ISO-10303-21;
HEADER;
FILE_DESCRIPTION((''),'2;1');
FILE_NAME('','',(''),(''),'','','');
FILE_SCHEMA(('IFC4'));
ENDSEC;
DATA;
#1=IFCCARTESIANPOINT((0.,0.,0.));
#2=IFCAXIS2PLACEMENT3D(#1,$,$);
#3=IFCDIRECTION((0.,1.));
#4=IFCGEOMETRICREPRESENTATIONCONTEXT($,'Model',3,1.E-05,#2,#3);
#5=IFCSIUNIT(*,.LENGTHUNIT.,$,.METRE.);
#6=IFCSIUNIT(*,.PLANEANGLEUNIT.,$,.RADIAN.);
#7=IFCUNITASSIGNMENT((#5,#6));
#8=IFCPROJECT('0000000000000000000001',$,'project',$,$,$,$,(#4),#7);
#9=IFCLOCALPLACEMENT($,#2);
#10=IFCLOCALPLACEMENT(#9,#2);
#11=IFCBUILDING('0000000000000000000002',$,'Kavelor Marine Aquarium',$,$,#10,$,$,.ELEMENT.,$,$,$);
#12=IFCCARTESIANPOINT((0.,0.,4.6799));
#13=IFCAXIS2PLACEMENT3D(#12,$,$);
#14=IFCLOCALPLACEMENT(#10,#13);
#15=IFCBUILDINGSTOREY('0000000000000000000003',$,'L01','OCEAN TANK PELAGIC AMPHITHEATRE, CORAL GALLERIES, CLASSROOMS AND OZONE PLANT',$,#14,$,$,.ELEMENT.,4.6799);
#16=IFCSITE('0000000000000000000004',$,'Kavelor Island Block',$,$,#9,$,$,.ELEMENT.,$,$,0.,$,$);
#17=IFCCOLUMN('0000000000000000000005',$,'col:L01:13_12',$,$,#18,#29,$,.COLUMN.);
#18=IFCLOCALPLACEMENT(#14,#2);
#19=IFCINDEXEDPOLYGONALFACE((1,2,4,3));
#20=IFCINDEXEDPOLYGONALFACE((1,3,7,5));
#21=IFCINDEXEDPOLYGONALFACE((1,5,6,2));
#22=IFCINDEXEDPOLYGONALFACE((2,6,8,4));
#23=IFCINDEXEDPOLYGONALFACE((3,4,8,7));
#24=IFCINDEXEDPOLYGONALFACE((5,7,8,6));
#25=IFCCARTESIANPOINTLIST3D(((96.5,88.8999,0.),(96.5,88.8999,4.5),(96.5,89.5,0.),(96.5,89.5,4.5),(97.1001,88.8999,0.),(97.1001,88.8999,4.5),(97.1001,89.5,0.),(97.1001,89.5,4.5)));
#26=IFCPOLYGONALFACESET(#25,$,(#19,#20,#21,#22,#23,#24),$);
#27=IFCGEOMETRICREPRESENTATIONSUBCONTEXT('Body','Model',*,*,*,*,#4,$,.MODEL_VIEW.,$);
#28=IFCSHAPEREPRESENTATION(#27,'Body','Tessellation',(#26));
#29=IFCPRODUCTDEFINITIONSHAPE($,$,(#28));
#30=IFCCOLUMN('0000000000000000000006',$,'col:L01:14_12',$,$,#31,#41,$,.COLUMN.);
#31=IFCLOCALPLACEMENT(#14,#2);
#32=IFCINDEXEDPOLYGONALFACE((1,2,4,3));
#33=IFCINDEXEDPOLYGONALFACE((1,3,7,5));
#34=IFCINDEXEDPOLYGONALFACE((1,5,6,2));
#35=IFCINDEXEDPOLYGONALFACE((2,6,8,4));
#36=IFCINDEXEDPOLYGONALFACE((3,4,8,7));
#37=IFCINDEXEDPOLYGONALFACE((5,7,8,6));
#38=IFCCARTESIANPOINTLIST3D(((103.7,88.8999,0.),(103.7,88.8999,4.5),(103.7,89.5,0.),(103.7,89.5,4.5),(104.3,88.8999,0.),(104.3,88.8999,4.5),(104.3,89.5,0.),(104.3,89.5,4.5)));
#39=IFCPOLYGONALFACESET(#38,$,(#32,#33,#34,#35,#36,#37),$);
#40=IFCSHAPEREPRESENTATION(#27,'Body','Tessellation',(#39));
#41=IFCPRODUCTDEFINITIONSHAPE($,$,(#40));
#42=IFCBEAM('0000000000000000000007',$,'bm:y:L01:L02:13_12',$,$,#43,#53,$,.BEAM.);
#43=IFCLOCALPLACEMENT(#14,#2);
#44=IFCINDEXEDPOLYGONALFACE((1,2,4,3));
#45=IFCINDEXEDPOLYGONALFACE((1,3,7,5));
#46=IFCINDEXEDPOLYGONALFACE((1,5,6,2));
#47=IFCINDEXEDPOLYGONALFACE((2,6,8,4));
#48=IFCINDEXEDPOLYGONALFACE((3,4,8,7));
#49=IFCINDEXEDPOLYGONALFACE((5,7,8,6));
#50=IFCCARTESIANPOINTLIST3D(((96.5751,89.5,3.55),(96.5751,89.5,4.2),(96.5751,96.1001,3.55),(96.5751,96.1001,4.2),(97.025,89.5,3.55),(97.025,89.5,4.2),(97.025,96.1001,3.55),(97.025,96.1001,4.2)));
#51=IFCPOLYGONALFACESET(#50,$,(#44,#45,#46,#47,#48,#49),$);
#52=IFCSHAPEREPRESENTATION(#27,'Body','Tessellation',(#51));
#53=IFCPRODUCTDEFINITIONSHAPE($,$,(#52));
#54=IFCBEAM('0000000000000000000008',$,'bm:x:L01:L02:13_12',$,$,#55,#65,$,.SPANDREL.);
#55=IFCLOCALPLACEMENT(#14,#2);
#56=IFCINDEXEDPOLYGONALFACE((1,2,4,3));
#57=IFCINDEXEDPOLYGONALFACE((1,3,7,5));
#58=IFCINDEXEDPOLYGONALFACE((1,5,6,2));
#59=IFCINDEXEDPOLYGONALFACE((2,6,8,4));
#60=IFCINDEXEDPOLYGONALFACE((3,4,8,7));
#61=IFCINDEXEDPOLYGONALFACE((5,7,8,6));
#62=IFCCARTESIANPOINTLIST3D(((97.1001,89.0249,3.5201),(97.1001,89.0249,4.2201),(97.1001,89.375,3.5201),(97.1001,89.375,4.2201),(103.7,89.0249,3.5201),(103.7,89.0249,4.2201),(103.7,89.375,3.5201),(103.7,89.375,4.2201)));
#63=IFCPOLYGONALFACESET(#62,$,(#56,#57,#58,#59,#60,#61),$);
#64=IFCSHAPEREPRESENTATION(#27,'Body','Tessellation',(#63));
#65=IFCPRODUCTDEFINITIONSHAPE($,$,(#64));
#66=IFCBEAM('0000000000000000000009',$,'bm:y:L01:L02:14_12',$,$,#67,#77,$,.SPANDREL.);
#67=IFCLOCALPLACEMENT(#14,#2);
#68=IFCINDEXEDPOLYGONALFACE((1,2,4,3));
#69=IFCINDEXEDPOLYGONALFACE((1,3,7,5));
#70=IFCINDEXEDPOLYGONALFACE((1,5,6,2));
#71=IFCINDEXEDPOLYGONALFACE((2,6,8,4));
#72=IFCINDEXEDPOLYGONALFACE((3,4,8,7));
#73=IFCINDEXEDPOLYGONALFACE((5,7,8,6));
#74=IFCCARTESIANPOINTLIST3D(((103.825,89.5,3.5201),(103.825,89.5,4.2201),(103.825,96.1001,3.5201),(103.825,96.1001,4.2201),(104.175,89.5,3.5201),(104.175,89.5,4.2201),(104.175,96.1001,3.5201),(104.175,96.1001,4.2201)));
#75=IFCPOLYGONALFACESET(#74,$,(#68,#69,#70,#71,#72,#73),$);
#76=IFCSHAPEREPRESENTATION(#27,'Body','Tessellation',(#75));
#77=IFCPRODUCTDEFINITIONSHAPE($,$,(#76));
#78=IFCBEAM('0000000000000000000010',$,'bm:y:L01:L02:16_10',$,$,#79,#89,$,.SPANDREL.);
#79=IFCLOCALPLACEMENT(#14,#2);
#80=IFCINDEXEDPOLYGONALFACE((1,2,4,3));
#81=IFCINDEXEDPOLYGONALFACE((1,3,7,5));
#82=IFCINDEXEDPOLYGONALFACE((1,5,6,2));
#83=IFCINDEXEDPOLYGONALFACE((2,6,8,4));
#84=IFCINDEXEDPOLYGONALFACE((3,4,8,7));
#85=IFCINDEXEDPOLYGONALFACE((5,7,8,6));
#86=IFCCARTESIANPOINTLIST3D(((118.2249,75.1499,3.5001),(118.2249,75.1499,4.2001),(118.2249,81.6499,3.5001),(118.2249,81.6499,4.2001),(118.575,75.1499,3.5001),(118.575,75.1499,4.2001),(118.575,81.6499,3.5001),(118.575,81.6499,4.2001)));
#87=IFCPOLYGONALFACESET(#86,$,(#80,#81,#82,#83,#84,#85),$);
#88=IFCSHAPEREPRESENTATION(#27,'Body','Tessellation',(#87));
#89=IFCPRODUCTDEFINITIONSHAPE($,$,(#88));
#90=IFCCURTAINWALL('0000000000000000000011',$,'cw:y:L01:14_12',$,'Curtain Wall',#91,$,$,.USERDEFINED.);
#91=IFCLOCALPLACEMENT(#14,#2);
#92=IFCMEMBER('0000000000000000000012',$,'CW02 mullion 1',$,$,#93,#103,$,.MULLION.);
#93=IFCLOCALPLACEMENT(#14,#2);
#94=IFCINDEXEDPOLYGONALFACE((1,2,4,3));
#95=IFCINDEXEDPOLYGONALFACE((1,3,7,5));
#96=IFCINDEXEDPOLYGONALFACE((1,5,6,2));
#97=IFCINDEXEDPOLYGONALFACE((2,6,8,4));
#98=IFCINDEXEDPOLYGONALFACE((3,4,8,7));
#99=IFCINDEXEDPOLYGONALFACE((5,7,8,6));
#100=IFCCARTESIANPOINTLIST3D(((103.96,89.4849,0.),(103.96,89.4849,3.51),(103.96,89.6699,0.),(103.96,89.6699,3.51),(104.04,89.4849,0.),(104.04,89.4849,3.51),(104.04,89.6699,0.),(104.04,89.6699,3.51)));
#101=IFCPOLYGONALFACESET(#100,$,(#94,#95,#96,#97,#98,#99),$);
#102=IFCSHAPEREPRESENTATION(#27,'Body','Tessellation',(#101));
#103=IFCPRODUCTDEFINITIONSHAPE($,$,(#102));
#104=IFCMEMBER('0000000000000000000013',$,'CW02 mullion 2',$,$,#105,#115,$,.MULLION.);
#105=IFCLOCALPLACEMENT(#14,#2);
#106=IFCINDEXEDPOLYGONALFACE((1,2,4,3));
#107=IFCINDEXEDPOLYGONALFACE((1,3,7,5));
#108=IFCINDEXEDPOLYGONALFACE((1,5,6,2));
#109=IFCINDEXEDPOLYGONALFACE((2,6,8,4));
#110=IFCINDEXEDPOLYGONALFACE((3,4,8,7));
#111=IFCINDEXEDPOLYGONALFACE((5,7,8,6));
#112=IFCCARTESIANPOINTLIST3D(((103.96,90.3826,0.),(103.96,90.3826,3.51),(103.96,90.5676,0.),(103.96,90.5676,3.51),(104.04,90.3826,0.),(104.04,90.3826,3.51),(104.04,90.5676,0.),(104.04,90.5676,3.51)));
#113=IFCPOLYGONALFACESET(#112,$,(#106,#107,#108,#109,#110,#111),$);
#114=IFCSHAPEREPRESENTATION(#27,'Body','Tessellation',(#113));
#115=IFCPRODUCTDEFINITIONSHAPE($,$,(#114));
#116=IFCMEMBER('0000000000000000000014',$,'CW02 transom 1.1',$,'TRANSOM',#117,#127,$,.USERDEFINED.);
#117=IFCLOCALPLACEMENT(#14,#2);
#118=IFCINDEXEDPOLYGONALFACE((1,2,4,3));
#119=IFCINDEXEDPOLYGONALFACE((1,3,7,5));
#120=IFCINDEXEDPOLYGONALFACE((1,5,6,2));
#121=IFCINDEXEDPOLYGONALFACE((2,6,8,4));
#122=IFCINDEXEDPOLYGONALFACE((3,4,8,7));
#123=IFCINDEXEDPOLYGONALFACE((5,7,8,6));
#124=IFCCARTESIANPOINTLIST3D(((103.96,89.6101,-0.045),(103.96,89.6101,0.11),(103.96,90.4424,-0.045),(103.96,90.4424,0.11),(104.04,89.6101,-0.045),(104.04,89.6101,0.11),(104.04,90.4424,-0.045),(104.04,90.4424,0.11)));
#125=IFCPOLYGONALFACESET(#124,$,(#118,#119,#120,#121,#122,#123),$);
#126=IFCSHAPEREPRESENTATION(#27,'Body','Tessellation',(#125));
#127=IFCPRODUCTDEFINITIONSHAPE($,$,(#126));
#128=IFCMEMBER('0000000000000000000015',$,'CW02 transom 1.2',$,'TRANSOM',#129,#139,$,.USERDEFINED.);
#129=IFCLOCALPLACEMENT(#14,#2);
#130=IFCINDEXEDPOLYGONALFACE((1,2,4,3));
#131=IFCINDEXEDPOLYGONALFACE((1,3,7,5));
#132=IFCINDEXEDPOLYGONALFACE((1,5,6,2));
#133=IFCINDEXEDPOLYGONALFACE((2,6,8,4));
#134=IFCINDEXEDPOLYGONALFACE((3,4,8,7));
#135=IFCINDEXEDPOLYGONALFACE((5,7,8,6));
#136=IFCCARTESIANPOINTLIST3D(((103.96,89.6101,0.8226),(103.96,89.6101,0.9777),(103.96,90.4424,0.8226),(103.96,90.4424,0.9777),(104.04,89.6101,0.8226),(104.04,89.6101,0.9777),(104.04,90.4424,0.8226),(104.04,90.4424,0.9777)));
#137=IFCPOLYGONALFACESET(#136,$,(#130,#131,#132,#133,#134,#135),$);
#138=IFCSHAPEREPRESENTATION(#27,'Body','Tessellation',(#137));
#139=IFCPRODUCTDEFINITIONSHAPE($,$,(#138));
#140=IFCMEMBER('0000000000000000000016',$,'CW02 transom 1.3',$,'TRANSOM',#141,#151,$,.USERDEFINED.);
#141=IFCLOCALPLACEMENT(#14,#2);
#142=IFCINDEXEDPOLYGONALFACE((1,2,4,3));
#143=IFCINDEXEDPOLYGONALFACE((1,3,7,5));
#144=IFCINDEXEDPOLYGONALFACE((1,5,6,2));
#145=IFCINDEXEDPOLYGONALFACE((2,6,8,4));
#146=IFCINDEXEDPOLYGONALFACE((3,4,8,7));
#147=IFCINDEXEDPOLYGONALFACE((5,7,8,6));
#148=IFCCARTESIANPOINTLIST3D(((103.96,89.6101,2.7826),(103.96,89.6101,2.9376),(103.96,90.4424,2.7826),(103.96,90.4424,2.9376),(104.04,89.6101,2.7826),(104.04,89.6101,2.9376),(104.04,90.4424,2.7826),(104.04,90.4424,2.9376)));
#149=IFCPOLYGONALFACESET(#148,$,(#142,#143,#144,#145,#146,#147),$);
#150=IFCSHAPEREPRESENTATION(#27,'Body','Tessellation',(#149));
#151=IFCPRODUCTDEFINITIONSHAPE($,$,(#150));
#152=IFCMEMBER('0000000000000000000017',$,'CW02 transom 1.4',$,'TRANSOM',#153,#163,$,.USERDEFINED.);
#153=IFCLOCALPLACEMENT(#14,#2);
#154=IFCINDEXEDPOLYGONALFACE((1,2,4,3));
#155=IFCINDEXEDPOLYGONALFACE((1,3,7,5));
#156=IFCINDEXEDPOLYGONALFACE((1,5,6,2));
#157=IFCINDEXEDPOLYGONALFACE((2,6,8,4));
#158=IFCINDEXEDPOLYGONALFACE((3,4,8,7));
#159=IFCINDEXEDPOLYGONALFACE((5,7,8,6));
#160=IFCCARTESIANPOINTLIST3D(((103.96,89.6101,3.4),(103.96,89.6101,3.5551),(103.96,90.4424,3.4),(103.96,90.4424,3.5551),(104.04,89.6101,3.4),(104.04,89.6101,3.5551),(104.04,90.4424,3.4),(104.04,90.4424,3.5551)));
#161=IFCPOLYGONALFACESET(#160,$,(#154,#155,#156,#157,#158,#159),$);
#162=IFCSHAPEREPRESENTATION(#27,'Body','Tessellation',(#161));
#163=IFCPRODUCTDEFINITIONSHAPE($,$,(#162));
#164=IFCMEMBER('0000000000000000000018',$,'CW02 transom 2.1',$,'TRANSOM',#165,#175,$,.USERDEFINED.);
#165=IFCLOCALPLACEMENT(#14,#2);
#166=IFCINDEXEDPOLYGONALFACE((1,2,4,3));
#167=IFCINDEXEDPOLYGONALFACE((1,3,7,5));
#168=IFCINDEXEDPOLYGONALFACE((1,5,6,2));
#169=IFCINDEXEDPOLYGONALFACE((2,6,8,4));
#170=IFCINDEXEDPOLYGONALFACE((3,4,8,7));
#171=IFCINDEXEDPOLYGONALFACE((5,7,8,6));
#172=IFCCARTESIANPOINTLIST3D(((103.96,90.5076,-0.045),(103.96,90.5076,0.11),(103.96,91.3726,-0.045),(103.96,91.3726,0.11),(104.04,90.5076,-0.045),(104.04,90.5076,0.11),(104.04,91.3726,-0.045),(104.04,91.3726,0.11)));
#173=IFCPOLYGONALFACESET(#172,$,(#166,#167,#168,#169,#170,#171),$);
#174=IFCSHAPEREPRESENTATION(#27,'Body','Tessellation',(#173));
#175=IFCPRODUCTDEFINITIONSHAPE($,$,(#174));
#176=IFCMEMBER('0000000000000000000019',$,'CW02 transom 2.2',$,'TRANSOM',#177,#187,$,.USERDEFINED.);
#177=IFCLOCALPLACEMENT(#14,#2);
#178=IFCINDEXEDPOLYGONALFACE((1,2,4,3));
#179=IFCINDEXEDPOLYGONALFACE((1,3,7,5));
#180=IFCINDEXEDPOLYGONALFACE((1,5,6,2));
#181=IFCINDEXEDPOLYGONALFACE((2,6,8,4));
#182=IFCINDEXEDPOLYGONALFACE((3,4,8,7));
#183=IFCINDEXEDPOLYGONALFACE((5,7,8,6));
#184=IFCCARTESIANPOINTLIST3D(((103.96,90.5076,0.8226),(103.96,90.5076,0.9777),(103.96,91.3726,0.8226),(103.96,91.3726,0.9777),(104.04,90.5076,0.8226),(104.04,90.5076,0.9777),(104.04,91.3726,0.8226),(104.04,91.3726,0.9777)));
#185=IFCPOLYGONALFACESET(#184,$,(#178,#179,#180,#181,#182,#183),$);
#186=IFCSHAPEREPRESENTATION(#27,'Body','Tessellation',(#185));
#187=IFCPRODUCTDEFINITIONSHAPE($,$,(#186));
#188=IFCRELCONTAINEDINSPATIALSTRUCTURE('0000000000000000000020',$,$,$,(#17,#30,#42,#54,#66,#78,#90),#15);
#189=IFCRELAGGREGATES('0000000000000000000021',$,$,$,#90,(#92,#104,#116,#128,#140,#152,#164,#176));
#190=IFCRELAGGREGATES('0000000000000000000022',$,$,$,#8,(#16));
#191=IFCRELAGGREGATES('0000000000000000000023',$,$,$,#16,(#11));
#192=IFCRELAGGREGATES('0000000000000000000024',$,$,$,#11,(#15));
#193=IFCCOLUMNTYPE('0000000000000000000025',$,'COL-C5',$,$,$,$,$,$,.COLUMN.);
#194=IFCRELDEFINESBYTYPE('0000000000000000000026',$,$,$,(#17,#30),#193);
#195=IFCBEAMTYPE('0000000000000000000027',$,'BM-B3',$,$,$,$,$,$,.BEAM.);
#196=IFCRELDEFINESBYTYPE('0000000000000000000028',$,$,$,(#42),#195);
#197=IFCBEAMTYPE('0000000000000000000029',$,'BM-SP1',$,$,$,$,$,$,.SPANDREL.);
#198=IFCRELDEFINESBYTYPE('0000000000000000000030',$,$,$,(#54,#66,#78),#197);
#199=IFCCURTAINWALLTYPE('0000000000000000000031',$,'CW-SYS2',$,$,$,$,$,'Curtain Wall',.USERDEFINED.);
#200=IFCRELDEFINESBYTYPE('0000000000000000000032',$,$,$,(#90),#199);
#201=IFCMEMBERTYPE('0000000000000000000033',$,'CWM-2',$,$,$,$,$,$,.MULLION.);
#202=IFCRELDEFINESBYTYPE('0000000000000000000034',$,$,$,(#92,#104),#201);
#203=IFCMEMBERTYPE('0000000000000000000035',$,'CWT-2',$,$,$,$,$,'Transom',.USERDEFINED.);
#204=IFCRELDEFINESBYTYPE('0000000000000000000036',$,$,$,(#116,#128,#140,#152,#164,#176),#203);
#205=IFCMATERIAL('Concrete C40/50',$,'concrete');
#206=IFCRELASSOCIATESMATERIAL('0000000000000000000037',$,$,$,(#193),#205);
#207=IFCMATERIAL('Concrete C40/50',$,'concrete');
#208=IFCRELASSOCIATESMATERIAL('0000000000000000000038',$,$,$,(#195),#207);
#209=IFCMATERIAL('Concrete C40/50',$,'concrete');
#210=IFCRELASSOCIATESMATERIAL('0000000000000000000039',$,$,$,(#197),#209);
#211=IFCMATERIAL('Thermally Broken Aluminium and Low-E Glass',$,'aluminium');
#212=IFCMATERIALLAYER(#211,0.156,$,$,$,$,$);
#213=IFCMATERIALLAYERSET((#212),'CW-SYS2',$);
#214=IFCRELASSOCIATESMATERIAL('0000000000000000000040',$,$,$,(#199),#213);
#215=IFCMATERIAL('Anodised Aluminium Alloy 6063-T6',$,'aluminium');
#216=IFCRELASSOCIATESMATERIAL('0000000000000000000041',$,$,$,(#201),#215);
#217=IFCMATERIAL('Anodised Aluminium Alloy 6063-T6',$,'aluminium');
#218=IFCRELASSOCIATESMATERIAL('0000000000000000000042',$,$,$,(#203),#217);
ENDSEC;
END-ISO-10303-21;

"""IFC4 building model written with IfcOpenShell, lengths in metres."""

from ifc_helpers import new_model, si_unit, direction, frame, origin, origin_2d, place, context, subcontext, project, spatial, rectangle, extrude, material, layer, layer_set, material_profile, profile_set, type_object, element, aggregate, save


model = new_model("IFC4")

# Units and contexts
model_context = context("Model", 3, precision=1e-05, world=origin(), true_north=direction((0.0, 1.0)))
body_context = subcontext(model_context, "Body", "Model", "MODEL_VIEW")
ifc_project = project(units=[si_unit("LENGTHUNIT", "METRE"), si_unit("PLANEANGLEUNIT", "RADIAN")], contexts=[model_context])

# Site, building, storey
site_placement = place(None, origin())
site = spatial("IfcSite", under=ifc_project, at=site_placement, Name="Kavelor Island Block", CompositionType="ELEMENT", RefElevation=0.0)
building_placement = place(site_placement, origin())
building = spatial("IfcBuilding", under=site, at=building_placement, Name="Kavelor Marine Aquarium", CompositionType="ELEMENT")
storey_placement = place(building_placement, frame((0.0, 0.0, 4.6799)))
storey = spatial("IfcBuildingStorey", under=building, at=storey_placement, Name="L01", Description="OCEAN TANK PELAGIC AMPHITHEATRE, CORAL GALLERIES, CLASSROOMS AND OZONE PLANT", CompositionType="ELEMENT", Elevation=4.6799)

# Columns
ifc_material_1 = material(Name="Concrete C40/50", Category="concrete")
ifc_material_profile_1 = material_profile(ifc_material_1, rectangle(XDim=0.6001, YDim=0.6001, at=origin_2d()), Name="RC-COL 600x600")
ifc_profile_set_1 = profile_set([ifc_material_profile_1], Name="Concrete C40/50")
column_type = type_object("IfcColumnType", Name="COL-C5", PredefinedType="COLUMN", material=ifc_profile_set_1)
for number, where, z_axis, x_axis, name in (
    (1, (96.8, 89.2, 0.0), (0.0, 0.0, 1.0), (1.0, 0.0, 0.0), "col:L01:13_12"),
    (2, (104.0, 89.2, 0.0), (0.0, 0.0, 1.0), (1.0, 0.0, 0.0), "col:L01:14_12"),
):
    element("IfcColumn", number, at=place(storey_placement, frame(where, z_axis=z_axis, x_axis=x_axis)), inside=storey, type_object=column_type, Name=name, PredefinedType="COLUMN", context=body_context, shape_type="SweptSolid", body=[
        extrude(rectangle(XDim=0.6001, YDim=0.6001, at=origin_2d()), origin(), (0.0, 0.0, 1.0), 4.5),
    ])

# Beams
ifc_material_2 = material(Name="Concrete C40/50", Category="concrete")
ifc_material_profile_2 = material_profile(ifc_material_2, rectangle(XDim=0.45, YDim=0.6499, at=origin_2d()), Name="RC-BM 450x650")
ifc_profile_set_2 = profile_set([ifc_material_profile_2], Name="Concrete C40/50")
beam_type_1 = type_object("IfcBeamType", Name="BM-B3", PredefinedType="BEAM", material=ifc_profile_set_2)
beam_1_placement = place(storey_placement, frame((96.8, 89.5, 3.875), z_axis=(0.0, 1.0, 0.0), x_axis=(-1.0, 0.0, 0.0)))
element("IfcBeam", 3, at=beam_1_placement, inside=storey, type_object=beam_type_1, Name="bm:y:L01:L02:13_12", PredefinedType="BEAM", context=body_context, shape_type="SweptSolid", body=[
    extrude(rectangle(XDim=0.45, YDim=0.6499, at=origin_2d()), origin(), (0.0, 0.0, 1.0), 6.6001),
])
ifc_material_3 = material(Name="Concrete C40/50", Category="concrete")
ifc_material_profile_3 = material_profile(ifc_material_3, rectangle(XDim=0.3501, YDim=0.7, at=origin_2d()), Name="RC-SP 350x700")
ifc_profile_set_3 = profile_set([ifc_material_profile_3], Name="Concrete C40/50")
beam_type_2 = type_object("IfcBeamType", Name="BM-SP1", PredefinedType="SPANDREL", material=ifc_profile_set_3)
beam_2_placement = place(storey_placement, frame((97.1001, 89.2, 3.8701), z_axis=(1.0, 0.0, 0.0), x_axis=(0.0, 1.0, 0.0)))
element("IfcBeam", 4, at=beam_2_placement, inside=storey, type_object=beam_type_2, Name="bm:x:L01:L02:13_12", PredefinedType="SPANDREL", context=body_context, shape_type="SweptSolid", body=[
    extrude(rectangle(XDim=0.3501, YDim=0.7, at=origin_2d()), origin(), (0.0, 0.0, 1.0), 6.5999),
])
beam_3_placement = place(storey_placement, frame((104.0, 89.5, 3.8701), z_axis=(0.0, 1.0, 0.0), x_axis=(-1.0, 0.0, 0.0)))
element("IfcBeam", 5, at=beam_3_placement, inside=storey, type_object=beam_type_2, Name="bm:y:L01:L02:14_12", PredefinedType="SPANDREL", context=body_context, shape_type="SweptSolid", body=[
    extrude(rectangle(XDim=0.3501, YDim=0.7, at=origin_2d()), origin(), (0.0, 0.0, 1.0), 6.6001),
])
beam_4_placement = place(storey_placement, frame((118.3999, 75.1499, 3.8501), z_axis=(0.0, 1.0, 0.0), x_axis=(-1.0, 0.0, 0.0)))
element("IfcBeam", 6, at=beam_4_placement, inside=storey, type_object=beam_type_2, Name="bm:y:L01:L02:16_10", PredefinedType="SPANDREL", context=body_context, shape_type="SweptSolid", body=[
    extrude(rectangle(XDim=0.3501, YDim=0.7, at=origin_2d()), origin(), (0.0, 0.0, 1.0), 6.5),
])

# Curtain wall, members
ifc_material_4 = material(Name="Thermally Broken Aluminium and Low-E Glass", Category="aluminium")
ifc_layer_1 = layer(ifc_material_4, 0.156)
ifc_layer_set_1 = layer_set([ifc_layer_1], Name="CW-SYS2")
curtain_wall_type = type_object("IfcCurtainWallType", Name="CW-SYS2", ElementType="Curtain Wall", PredefinedType="USERDEFINED", material=ifc_layer_set_1)
curtain_wall_placement = place(storey_placement, origin())
curtain_wall = element("IfcCurtainWall", 7, at=curtain_wall_placement, inside=storey, type_object=curtain_wall_type, Name="cw:y:L01:14_12", ObjectType="Curtain Wall", PredefinedType="USERDEFINED")
ifc_material_5 = material(Name="Anodised Aluminium Alloy 6063-T6", Category="aluminium")
ifc_material_profile_4 = material_profile(ifc_material_5, rectangle(XDim=0.0801, YDim=0.1851, at=origin_2d()), Name="CW-MUL 80x185")
ifc_profile_set_4 = profile_set([ifc_material_profile_4], Name="Anodised Aluminium Alloy 6063-T6")
member_type_1 = type_object("IfcMemberType", Name="CWM-2", PredefinedType="MULLION", material=ifc_profile_set_4)
member_1_placement = place(storey_placement, frame((104.0, 89.5774, 0.0), z_axis=(0.0, 0.0, 1.0), x_axis=(-1.0, 0.0, 0.0)))
member_1 = element("IfcMember", 8, at=member_1_placement, type_object=member_type_1, Name="CW02 mullion 1", PredefinedType="MULLION", context=body_context, shape_type="SweptSolid", body=[
    extrude(rectangle(XDim=0.0801, YDim=0.1851, at=origin_2d()), origin(), (0.0, 0.0, 1.0), 3.51),
])
member_2_placement = place(storey_placement, frame((104.0, 90.4751, 0.0), z_axis=(0.0, 0.0, 1.0), x_axis=(-1.0, 0.0, 0.0)))
member_2 = element("IfcMember", 9, at=member_2_placement, type_object=member_type_1, Name="CW02 mullion 2", PredefinedType="MULLION", context=body_context, shape_type="SweptSolid", body=[
    extrude(rectangle(XDim=0.0801, YDim=0.1851, at=origin_2d()), origin(), (0.0, 0.0, 1.0), 3.51),
])
ifc_material_6 = material(Name="Anodised Aluminium Alloy 6063-T6", Category="aluminium")
ifc_material_profile_5 = material_profile(ifc_material_6, rectangle(XDim=0.0801, YDim=0.155, at=origin_2d()), Name="CW-TRN 80x155")
ifc_profile_set_5 = profile_set([ifc_material_profile_5], Name="Anodised Aluminium Alloy 6063-T6")
member_type_2 = type_object("IfcMemberType", Name="CWT-2", ElementType="Transom", PredefinedType="USERDEFINED", material=ifc_profile_set_5)
member_3_placement = place(storey_placement, frame((104.0, 89.6101, 0.0325), z_axis=(0.0, 1.0, 0.0), x_axis=(-1.0, 0.0, 0.0)))
member_3 = element("IfcMember", 10, at=member_3_placement, type_object=member_type_2, Name="CW02 transom 1.1", ObjectType="TRANSOM", PredefinedType="USERDEFINED", context=body_context, shape_type="SweptSolid", body=[
    extrude(rectangle(XDim=0.0801, YDim=0.155, at=origin_2d()), origin(), (0.0, 0.0, 1.0), 0.8323),
])
member_4_placement = place(storey_placement, frame((104.0, 89.6101, 0.9001), z_axis=(0.0, 1.0, 0.0), x_axis=(-1.0, 0.0, 0.0)))
member_4 = element("IfcMember", 11, at=member_4_placement, type_object=member_type_2, Name="CW02 transom 1.2", ObjectType="TRANSOM", PredefinedType="USERDEFINED", context=body_context, shape_type="SweptSolid", body=[
    extrude(rectangle(XDim=0.0801, YDim=0.155, at=origin_2d()), origin(), (0.0, 0.0, 1.0), 0.8323),
])
member_5_placement = place(storey_placement, frame((104.0, 89.6101, 2.8601), z_axis=(0.0, 1.0, 0.0), x_axis=(-1.0, 0.0, 0.0)))
member_5 = element("IfcMember", 12, at=member_5_placement, type_object=member_type_2, Name="CW02 transom 1.3", ObjectType="TRANSOM", PredefinedType="USERDEFINED", context=body_context, shape_type="SweptSolid", body=[
    extrude(rectangle(XDim=0.0801, YDim=0.155, at=origin_2d()), origin(), (0.0, 0.0, 1.0), 0.8323),
])
member_6_placement = place(storey_placement, frame((104.0, 89.6101, 3.4775), z_axis=(0.0, 1.0, 0.0), x_axis=(-1.0, 0.0, 0.0)))
member_6 = element("IfcMember", 13, at=member_6_placement, type_object=member_type_2, Name="CW02 transom 1.4", ObjectType="TRANSOM", PredefinedType="USERDEFINED", context=body_context, shape_type="SweptSolid", body=[
    extrude(rectangle(XDim=0.0801, YDim=0.155, at=origin_2d()), origin(), (0.0, 0.0, 1.0), 0.8323),
])
member_7_placement = place(storey_placement, frame((104.0, 90.5076, 0.0325), z_axis=(0.0, 1.0, 0.0), x_axis=(-1.0, 0.0, 0.0)))
member_7 = element("IfcMember", 14, at=member_7_placement, type_object=member_type_2, Name="CW02 transom 2.1", ObjectType="TRANSOM", PredefinedType="USERDEFINED", context=body_context, shape_type="SweptSolid", body=[
    extrude(rectangle(XDim=0.0801, YDim=0.155, at=origin_2d()), origin(), (0.0, 0.0, 1.0), 0.865),
])
member_8_placement = place(storey_placement, frame((104.0, 90.5076, 0.9001), z_axis=(0.0, 1.0, 0.0), x_axis=(-1.0, 0.0, 0.0)))
member_8 = element("IfcMember", 15, at=member_8_placement, type_object=member_type_2, Name="CW02 transom 2.2", ObjectType="TRANSOM", PredefinedType="USERDEFINED", context=body_context, shape_type="SweptSolid", body=[
    extrude(rectangle(XDim=0.0801, YDim=0.155, at=origin_2d()), origin(), (0.0, 0.0, 1.0), 0.865),
])
aggregate(curtain_wall, [member_1, member_2, member_3, member_4, member_5, member_6, member_7, member_8])

save(model, "model.ifc")
